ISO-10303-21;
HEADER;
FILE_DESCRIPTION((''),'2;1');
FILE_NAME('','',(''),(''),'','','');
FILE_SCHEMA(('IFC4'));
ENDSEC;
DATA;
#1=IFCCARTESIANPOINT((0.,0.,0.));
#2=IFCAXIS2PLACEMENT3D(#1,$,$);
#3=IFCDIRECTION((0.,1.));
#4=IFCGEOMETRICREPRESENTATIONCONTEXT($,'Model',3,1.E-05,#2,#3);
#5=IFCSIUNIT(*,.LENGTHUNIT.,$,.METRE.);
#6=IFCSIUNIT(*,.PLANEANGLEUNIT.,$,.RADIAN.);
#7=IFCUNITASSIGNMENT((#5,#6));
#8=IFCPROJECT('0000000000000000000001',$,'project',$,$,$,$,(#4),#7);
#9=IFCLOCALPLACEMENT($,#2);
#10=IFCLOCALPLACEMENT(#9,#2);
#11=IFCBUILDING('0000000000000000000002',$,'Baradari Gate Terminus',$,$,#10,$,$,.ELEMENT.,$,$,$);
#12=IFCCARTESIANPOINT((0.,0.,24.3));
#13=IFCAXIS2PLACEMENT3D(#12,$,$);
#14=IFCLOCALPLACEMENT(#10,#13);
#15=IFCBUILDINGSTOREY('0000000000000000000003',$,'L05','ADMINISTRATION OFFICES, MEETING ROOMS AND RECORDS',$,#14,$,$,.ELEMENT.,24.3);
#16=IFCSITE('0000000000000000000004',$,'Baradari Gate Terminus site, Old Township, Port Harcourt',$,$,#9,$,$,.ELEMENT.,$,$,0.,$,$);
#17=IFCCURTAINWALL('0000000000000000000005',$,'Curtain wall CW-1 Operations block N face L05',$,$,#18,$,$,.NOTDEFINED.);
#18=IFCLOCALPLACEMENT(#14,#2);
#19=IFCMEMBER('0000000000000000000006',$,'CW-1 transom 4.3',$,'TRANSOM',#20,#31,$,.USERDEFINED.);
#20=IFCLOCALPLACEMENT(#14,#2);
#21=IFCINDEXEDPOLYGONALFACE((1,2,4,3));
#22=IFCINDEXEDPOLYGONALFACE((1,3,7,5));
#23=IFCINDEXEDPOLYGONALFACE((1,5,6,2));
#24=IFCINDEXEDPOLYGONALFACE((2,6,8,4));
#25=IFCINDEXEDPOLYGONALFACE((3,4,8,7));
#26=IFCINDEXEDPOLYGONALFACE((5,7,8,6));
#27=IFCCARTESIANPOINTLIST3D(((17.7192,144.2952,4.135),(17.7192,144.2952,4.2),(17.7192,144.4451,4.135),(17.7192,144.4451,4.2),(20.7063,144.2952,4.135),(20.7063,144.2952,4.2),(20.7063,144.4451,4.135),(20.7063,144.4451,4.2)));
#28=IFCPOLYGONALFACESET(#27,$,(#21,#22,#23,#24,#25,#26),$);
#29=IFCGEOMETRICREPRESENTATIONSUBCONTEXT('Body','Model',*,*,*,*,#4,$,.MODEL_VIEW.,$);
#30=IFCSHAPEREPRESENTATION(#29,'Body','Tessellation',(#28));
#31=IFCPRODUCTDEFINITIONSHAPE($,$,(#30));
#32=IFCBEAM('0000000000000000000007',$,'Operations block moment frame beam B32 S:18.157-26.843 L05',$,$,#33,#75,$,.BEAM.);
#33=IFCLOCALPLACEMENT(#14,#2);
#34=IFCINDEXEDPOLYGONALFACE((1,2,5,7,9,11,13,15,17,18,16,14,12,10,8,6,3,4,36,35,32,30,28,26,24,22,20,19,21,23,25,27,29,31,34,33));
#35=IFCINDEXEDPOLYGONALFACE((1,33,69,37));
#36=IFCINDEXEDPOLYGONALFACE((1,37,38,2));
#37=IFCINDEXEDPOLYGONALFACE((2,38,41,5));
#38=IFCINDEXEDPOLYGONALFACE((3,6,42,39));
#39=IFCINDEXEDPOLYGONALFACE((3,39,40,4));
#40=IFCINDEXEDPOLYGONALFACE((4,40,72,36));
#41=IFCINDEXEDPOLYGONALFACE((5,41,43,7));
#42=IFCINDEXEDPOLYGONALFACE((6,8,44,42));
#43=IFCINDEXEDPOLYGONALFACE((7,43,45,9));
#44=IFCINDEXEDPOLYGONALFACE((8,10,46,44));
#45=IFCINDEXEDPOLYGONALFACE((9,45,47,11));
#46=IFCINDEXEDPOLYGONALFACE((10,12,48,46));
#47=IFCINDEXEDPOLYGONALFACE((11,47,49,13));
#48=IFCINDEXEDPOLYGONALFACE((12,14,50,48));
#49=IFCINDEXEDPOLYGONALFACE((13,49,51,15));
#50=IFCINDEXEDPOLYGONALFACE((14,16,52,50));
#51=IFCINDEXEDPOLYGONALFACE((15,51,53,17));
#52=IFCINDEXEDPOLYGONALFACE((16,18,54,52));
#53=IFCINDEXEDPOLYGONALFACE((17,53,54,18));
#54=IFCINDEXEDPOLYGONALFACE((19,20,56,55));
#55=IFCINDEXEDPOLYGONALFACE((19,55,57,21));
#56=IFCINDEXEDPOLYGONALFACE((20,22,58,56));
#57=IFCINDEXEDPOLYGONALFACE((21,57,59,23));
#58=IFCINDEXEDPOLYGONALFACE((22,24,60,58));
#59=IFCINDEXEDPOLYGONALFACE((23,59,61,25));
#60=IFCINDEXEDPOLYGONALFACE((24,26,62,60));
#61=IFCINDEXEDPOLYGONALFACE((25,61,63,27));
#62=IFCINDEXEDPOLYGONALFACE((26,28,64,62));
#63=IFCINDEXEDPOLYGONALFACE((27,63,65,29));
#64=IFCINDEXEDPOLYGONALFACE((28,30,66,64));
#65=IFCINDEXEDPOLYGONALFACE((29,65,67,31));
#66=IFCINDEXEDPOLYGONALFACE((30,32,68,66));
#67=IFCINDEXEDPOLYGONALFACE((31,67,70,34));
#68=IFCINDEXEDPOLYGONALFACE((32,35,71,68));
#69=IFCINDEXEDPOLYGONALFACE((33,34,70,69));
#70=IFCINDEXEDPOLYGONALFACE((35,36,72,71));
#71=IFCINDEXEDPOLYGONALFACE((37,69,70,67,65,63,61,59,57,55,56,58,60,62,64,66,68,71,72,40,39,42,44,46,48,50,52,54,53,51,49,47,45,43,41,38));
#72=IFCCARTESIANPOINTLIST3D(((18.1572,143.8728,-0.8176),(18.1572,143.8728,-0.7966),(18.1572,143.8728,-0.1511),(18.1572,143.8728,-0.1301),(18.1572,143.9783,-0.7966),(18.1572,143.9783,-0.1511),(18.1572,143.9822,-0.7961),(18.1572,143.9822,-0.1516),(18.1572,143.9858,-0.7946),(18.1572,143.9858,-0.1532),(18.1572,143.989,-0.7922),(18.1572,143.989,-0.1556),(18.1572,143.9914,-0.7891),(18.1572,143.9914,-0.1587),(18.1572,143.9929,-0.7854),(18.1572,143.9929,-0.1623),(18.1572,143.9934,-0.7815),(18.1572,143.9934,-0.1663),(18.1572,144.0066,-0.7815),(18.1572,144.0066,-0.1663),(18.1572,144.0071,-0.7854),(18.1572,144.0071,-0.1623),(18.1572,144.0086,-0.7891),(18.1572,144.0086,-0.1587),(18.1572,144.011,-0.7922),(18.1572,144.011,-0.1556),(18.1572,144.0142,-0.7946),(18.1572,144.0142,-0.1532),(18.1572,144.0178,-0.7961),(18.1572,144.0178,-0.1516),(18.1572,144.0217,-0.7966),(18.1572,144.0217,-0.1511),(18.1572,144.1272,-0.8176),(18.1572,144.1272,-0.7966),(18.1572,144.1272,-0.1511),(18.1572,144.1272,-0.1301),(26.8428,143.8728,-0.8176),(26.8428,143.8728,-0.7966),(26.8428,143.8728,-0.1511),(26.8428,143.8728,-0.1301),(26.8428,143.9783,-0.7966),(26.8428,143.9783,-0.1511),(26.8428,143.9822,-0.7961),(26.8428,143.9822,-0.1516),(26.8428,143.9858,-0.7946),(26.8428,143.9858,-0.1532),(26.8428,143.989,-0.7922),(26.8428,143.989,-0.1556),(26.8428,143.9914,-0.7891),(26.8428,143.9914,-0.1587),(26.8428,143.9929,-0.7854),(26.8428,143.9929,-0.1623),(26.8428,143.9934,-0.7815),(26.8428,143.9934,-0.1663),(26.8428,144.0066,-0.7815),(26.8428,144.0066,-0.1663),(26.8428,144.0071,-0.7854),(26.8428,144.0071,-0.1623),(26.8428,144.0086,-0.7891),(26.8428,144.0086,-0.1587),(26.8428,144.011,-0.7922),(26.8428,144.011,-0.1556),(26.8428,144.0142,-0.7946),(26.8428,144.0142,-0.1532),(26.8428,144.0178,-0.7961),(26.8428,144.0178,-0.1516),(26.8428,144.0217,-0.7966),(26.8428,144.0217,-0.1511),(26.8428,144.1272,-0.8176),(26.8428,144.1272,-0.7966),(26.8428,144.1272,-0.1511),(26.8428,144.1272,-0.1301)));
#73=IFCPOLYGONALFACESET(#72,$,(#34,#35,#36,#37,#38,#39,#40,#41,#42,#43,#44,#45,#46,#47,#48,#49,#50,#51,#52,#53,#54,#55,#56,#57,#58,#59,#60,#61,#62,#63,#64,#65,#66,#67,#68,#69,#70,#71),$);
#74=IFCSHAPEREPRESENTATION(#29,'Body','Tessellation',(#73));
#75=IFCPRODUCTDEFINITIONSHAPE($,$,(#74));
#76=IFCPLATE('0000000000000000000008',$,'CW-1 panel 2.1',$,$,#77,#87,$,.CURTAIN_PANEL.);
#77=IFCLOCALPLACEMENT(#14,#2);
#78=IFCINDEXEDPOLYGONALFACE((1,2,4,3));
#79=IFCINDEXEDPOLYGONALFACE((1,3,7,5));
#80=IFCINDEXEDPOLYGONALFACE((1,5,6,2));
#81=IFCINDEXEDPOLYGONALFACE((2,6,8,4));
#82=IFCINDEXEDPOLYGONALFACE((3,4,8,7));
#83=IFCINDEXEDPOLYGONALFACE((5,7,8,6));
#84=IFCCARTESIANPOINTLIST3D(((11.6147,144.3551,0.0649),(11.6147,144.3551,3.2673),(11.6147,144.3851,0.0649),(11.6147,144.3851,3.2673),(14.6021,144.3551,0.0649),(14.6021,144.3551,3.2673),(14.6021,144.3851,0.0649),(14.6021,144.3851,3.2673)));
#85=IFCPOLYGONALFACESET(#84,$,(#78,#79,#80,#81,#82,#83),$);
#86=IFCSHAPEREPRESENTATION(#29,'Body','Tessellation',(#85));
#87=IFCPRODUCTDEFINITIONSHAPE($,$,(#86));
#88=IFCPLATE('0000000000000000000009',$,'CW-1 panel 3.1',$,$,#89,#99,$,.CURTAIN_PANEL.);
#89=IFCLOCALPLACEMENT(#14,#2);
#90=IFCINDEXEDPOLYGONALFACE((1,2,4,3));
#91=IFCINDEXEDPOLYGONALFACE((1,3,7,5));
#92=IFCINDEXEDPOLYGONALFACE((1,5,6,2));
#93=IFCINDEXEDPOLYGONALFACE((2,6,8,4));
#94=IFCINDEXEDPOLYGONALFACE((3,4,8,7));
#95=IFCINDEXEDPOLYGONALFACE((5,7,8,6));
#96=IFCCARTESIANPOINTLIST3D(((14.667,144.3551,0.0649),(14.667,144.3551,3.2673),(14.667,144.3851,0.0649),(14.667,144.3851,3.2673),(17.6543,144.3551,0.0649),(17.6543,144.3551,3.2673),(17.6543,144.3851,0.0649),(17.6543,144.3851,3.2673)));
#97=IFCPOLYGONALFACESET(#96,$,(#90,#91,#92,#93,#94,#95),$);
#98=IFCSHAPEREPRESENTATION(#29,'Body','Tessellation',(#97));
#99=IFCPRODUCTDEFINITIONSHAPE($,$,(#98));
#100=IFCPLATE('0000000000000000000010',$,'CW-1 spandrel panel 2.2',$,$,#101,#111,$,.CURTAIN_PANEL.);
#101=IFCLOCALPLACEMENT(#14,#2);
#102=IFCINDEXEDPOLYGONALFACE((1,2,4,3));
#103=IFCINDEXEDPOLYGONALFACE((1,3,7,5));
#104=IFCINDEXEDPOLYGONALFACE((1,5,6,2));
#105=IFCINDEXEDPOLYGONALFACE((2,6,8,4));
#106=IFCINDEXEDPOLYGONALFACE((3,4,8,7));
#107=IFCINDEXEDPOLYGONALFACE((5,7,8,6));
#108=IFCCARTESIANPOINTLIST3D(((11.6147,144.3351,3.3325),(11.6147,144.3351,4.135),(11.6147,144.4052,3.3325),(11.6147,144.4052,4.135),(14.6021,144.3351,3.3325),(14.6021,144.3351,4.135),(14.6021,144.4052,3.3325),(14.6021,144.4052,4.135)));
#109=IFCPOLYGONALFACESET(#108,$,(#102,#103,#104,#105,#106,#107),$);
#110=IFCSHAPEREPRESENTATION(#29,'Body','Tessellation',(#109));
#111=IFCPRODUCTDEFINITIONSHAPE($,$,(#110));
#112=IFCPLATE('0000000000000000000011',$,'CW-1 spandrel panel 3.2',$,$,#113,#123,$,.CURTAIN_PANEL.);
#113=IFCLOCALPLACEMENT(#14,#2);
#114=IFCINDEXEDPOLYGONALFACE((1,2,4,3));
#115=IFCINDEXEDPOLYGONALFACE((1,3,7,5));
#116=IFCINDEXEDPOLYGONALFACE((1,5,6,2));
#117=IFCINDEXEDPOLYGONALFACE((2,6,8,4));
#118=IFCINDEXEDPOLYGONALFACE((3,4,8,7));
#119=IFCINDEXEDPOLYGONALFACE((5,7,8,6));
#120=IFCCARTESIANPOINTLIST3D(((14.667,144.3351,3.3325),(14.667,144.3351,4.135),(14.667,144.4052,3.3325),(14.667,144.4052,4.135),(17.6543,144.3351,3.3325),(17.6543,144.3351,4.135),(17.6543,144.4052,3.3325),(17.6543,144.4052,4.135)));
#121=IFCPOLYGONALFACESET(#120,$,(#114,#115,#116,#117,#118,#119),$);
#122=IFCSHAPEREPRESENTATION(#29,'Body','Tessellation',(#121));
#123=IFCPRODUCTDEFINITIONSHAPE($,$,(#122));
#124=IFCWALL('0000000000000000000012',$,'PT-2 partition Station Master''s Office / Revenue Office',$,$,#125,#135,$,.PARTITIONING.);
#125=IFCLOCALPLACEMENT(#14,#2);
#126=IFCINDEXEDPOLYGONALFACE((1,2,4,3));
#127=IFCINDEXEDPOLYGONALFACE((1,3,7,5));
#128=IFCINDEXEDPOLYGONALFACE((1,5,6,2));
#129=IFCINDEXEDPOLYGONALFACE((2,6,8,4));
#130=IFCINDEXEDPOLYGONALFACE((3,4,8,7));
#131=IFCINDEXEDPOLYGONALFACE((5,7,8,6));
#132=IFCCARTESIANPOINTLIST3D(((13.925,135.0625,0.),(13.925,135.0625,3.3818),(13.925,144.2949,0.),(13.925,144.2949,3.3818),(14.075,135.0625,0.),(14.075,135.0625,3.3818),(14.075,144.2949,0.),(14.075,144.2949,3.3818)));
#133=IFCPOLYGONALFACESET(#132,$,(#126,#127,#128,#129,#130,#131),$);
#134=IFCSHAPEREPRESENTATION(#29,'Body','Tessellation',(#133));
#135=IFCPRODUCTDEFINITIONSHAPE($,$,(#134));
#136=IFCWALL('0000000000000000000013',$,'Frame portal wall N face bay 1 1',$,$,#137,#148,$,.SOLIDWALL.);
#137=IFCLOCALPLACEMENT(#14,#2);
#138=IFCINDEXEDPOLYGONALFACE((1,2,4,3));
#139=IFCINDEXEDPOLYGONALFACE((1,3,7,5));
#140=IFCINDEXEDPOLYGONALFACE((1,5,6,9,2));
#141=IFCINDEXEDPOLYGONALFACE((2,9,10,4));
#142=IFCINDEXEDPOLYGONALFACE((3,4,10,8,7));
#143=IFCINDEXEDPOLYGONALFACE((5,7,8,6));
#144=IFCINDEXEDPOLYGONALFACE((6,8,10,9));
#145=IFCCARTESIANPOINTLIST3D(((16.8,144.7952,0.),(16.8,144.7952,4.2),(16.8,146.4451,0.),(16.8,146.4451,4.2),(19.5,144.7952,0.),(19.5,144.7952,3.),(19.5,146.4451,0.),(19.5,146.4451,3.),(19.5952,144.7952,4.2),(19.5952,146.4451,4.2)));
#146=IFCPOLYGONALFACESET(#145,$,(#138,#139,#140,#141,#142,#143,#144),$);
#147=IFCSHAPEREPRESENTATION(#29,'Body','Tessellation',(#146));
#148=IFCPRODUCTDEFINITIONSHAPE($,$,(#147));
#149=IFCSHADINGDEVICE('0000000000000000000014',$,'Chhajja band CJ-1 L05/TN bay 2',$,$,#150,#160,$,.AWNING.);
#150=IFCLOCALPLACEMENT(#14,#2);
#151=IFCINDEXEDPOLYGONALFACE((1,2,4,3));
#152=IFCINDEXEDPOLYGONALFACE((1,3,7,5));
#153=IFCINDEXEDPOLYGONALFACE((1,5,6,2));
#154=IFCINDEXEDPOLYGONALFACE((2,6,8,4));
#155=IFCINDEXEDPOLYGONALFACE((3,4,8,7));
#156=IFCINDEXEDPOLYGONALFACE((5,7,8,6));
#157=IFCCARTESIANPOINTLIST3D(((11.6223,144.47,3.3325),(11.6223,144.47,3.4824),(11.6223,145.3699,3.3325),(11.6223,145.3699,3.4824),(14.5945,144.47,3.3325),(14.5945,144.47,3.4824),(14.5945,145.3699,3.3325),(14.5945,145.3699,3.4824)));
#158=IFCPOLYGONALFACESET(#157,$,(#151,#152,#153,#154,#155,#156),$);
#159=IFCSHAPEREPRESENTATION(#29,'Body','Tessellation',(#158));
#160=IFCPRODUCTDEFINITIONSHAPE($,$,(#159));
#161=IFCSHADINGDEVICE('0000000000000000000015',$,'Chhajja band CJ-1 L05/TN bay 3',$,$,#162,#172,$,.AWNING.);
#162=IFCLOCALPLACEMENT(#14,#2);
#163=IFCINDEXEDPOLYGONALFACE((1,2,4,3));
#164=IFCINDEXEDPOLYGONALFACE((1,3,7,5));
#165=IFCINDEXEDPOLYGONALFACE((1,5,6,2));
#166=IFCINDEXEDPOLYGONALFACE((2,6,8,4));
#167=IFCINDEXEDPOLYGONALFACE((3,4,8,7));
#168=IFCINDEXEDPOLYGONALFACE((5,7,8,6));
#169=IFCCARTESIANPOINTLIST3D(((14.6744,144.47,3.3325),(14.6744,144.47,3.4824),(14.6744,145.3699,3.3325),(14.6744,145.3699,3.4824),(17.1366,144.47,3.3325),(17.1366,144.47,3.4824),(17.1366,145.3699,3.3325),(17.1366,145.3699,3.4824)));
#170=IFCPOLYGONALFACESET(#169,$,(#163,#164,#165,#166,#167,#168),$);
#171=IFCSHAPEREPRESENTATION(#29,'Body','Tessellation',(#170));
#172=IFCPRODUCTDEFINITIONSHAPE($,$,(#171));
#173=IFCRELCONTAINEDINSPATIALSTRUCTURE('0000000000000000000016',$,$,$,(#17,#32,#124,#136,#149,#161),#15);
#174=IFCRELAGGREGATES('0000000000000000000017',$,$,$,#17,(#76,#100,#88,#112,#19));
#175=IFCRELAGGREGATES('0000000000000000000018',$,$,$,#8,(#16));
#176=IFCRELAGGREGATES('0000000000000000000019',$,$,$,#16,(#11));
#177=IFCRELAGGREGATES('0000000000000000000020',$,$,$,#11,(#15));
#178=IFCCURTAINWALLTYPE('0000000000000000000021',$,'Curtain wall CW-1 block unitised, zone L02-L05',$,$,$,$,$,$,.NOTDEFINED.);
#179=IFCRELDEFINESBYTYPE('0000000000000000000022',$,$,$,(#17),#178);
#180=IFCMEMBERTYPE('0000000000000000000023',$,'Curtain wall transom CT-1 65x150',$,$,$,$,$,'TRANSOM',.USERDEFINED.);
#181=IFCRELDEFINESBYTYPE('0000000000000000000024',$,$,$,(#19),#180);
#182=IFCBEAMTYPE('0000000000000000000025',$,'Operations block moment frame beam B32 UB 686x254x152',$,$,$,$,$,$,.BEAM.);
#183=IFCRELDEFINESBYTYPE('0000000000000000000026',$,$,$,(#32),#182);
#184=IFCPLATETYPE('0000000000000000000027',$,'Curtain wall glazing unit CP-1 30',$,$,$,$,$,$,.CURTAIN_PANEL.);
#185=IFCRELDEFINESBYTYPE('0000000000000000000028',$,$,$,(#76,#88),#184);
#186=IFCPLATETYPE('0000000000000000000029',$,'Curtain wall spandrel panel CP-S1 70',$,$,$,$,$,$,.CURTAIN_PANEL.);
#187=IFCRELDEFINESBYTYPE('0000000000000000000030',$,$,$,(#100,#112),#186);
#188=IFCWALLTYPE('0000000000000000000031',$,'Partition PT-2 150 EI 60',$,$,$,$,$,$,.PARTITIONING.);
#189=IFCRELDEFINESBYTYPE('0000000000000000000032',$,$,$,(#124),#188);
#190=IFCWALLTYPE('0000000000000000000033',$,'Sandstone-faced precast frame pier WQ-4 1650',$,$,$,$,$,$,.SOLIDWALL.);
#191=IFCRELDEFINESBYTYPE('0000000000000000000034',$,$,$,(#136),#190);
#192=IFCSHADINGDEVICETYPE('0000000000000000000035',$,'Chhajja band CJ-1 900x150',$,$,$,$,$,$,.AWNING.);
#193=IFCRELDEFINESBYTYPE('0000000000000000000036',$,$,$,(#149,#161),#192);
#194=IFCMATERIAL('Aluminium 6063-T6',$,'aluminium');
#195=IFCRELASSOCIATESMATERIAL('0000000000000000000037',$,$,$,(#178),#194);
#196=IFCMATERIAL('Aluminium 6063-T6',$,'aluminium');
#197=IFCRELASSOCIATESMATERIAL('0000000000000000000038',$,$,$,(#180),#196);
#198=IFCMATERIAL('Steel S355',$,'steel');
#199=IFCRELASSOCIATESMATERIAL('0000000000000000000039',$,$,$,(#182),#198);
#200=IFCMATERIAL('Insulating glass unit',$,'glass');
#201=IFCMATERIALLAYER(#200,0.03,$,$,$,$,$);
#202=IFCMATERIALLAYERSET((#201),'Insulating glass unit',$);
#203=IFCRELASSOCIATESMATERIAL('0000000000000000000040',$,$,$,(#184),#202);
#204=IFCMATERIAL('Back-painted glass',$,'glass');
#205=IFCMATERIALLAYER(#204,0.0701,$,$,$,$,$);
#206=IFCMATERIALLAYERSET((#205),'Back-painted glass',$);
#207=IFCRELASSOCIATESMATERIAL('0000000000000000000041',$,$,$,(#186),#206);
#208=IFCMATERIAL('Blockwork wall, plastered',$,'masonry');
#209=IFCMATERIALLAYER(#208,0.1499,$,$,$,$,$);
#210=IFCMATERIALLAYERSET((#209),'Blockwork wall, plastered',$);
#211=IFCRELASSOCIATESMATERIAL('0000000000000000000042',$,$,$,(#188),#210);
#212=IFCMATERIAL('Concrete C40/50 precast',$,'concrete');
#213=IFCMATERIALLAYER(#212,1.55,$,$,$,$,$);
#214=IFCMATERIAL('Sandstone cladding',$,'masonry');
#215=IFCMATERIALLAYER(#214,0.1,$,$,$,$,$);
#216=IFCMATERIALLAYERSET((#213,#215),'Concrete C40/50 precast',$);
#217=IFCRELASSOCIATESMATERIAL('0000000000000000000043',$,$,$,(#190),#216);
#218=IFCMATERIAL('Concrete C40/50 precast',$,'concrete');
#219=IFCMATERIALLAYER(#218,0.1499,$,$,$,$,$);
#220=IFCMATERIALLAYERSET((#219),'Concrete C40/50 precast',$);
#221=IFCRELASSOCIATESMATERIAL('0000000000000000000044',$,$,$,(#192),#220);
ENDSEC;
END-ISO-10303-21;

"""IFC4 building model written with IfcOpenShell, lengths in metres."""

from ifc_helpers import new_model, si_unit, direction, frame, frame_2d, origin, origin_2d, place, context, subcontext, project, spatial, polyline, rectangle, i_section, outline, extrude, material, layer, layer_set, material_profile, profile_set, type_object, element, aggregate, save


model = new_model("IFC4")

# Units and contexts
model_context = context("Model", 3, precision=1e-05, world=origin(), true_north=direction((0.0, 1.0)))
body_context = subcontext(model_context, "Body", "Model", "MODEL_VIEW")
ifc_project = project(units=[si_unit("LENGTHUNIT", "METRE"), si_unit("PLANEANGLEUNIT", "RADIAN")], contexts=[model_context])

# Site, building, storey
site_placement = place(None, origin())
site = spatial("IfcSite", under=ifc_project, at=site_placement, Name="Baradari Gate Terminus site, Old Township, Port Harcourt", CompositionType="ELEMENT", RefElevation=0.0)
building_placement = place(site_placement, origin())
building = spatial("IfcBuilding", under=site, at=building_placement, Name="Baradari Gate Terminus", CompositionType="ELEMENT")
storey_placement = place(building_placement, frame((0.0, 0.0, 24.3)))
storey = spatial("IfcBuildingStorey", under=building, at=storey_placement, Name="L05", Description="ADMINISTRATION OFFICES, MEETING ROOMS AND RECORDS", CompositionType="ELEMENT", Elevation=24.3)

# Curtain wall, member
ifc_material_1 = material(Name="Aluminium 6063-T6", Category="aluminium")
curtain_wall_type = type_object("IfcCurtainWallType", Name="Curtain wall CW-1 block unitised, zone L02-L05", PredefinedType="NOTDEFINED", material=ifc_material_1)
curtain_wall_placement = place(storey_placement, origin())
curtain_wall = element("IfcCurtainWall", 1, at=curtain_wall_placement, inside=storey, type_object=curtain_wall_type, Name="Curtain wall CW-1 Operations block N face L05", PredefinedType="NOTDEFINED")
ifc_material_2 = material(Name="Aluminium 6063-T6", Category="aluminium")
ifc_material_profile_1 = material_profile(ifc_material_2, rectangle(XDim=0.1499, YDim=0.0649, at=origin_2d()), Name="CT-1 65X150")
ifc_profile_set_1 = profile_set([ifc_material_profile_1], Name="Aluminium 6063-T6")
member_type_1 = type_object("IfcMemberType", Name="Curtain wall transom CT-1 65x150", ElementType="TRANSOM", PredefinedType="USERDEFINED", material=ifc_profile_set_1)
member_1_placement = place(storey_placement, frame((17.7192, 144.3701, 4.1675), z_axis=(1.0, 0.0, 0.0), x_axis=(0.0, 1.0, 0.0)))
member_1 = element("IfcMember", 2, at=member_1_placement, type_object=member_type_1, Name="CW-1 transom 4.3", ObjectType="TRANSOM", PredefinedType="USERDEFINED", context=body_context, shape_type="SweptSolid", body=[
    extrude(rectangle(XDim=0.1499, YDim=0.0649, at=origin_2d()), origin(), (0.0, 0.0, 1.0), 2.9871),
])

# Beam
ifc_material_3 = material(Name="Steel S355", Category="steel")
ifc_material_profile_2 = material_profile(ifc_material_3, i_section(OverallWidth=0.2544, OverallDepth=0.6875, WebThickness=0.0132, FlangeThickness=0.021, FilletRadius=0.0151, at=origin_2d()), Name="UB 686x254x152")
ifc_profile_set_2 = profile_set([ifc_material_profile_2], Name="Steel S355")
beam_type = type_object("IfcBeamType", Name="Operations block moment frame beam B32 UB 686x254x152", PredefinedType="BEAM", material=ifc_profile_set_2)
beam_placement = place(storey_placement, frame((18.1572, 144.0, -0.4739), z_axis=(1.0, 0.0, 0.0), x_axis=(0.0, 1.0, 0.0)))
element("IfcBeam", 3, at=beam_placement, inside=storey, type_object=beam_type, Name="Operations block moment frame beam B32 S:18.157-26.843 L05", PredefinedType="BEAM", context=body_context, shape_type="SweptSolid", body=[
    extrude(i_section(OverallWidth=0.2544, OverallDepth=0.6875, WebThickness=0.0132, FlangeThickness=0.021, FilletRadius=0.0151, at=origin_2d()), origin(), (0.0, 0.0, 1.0), 8.6855),
])

# Plates
ifc_material_4 = material(Name="Insulating glass unit", Category="glass")
ifc_layer_1 = layer(ifc_material_4, 0.03)
ifc_layer_set_1 = layer_set([ifc_layer_1], Name="Insulating glass unit")
plate_type_1 = type_object("IfcPlateType", Name="Curtain wall glazing unit CP-1 30", PredefinedType="CURTAIN_PANEL", material=ifc_layer_set_1)
plate_1_placement = place(storey_placement, frame((13.1084, 144.3701, 0.0649), z_axis=(0.0, 0.0, 1.0), x_axis=(1.0, 0.0, 0.0)))
plate_1 = element("IfcPlate", 4, at=plate_1_placement, type_object=plate_type_1, Name="CW-1 panel 2.1", PredefinedType="CURTAIN_PANEL", context=body_context, shape_type="SweptSolid", body=[
    extrude(rectangle(XDim=2.9873, YDim=0.03, at=origin_2d()), origin(), (0.0, 0.0, 1.0), 3.2024),
])
plate_2_placement = place(storey_placement, frame((16.1606, 144.3701, 0.0649), z_axis=(0.0, 0.0, 1.0), x_axis=(1.0, 0.0, 0.0)))
plate_2 = element("IfcPlate", 5, at=plate_2_placement, type_object=plate_type_1, Name="CW-1 panel 3.1", PredefinedType="CURTAIN_PANEL", context=body_context, shape_type="SweptSolid", body=[
    extrude(rectangle(XDim=2.9873, YDim=0.03, at=origin_2d()), origin(), (0.0, 0.0, 1.0), 3.2024),
])
ifc_material_5 = material(Name="Back-painted glass", Category="glass")
ifc_layer_2 = layer(ifc_material_5, 0.0701)
ifc_layer_set_2 = layer_set([ifc_layer_2], Name="Back-painted glass")
plate_type_2 = type_object("IfcPlateType", Name="Curtain wall spandrel panel CP-S1 70", PredefinedType="CURTAIN_PANEL", material=ifc_layer_set_2)
plate_3_placement = place(storey_placement, frame((13.1084, 144.3701, 3.3325), z_axis=(0.0, 0.0, 1.0), x_axis=(1.0, 0.0, 0.0)))
plate_3 = element("IfcPlate", 6, at=plate_3_placement, type_object=plate_type_2, Name="CW-1 spandrel panel 2.2", PredefinedType="CURTAIN_PANEL", context=body_context, shape_type="SweptSolid", body=[
    extrude(rectangle(XDim=2.9873, YDim=0.0701, at=origin_2d()), origin(), (0.0, 0.0, 1.0), 0.8025),
])
plate_4_placement = place(storey_placement, frame((16.1606, 144.3701, 3.3325), z_axis=(0.0, 0.0, 1.0), x_axis=(1.0, 0.0, 0.0)))
plate_4 = element("IfcPlate", 7, at=plate_4_placement, type_object=plate_type_2, Name="CW-1 spandrel panel 3.2", PredefinedType="CURTAIN_PANEL", context=body_context, shape_type="SweptSolid", body=[
    extrude(rectangle(XDim=2.9873, YDim=0.0701, at=origin_2d()), origin(), (0.0, 0.0, 1.0), 0.8025),
])
aggregate(curtain_wall, [plate_1, plate_3, plate_2, plate_4, member_1])

# Walls
ifc_material_6 = material(Name="Blockwork wall, plastered", Category="masonry")
ifc_layer_3 = layer(ifc_material_6, 0.1499)
ifc_layer_set_3 = layer_set([ifc_layer_3], Name="Blockwork wall, plastered")
wall_type_1 = type_object("IfcWallType", Name="Partition PT-2 150 EI 60", PredefinedType="PARTITIONING", material=ifc_layer_set_3)
wall_1_placement = place(storey_placement, frame((14.0, 144.2949, 0.0), z_axis=(0.0, 0.0, 1.0), x_axis=(0.0, -1.0, 0.0)))
element("IfcWall", 8, at=wall_1_placement, inside=storey, type_object=wall_type_1, Name="PT-2 partition Station Master's Office / Revenue Office", PredefinedType="PARTITIONING", context=body_context, shape_type="SweptSolid", body=[
    extrude(rectangle(XDim=9.2324, YDim=0.1499, at=frame_2d((4.6162, 0.0))), origin(), (0.0, 0.0, 1.0), 3.3818),
])
ifc_material_7 = material(Name="Concrete C40/50 precast", Category="concrete")
ifc_layer_4 = layer(ifc_material_7, 1.55)
ifc_material_8 = material(Name="Sandstone cladding", Category="masonry")
ifc_layer_5 = layer(ifc_material_8, 0.1)
ifc_layer_set_4 = layer_set([ifc_layer_4, ifc_layer_5], Name="Concrete C40/50 precast")
wall_type_2 = type_object("IfcWallType", Name="Sandstone-faced precast frame pier WQ-4 1650", PredefinedType="SOLIDWALL", material=ifc_layer_set_4)
wall_2_placement = place(storey_placement, frame((16.8, 145.6201, 0.0), z_axis=(0.0, 0.0, 1.0), x_axis=(1.0, 0.0, 0.0)))
element("IfcWall", 9, at=wall_2_placement, inside=storey, type_object=wall_type_2, Name="Frame portal wall N face bay 1 1", PredefinedType="SOLIDWALL", context=body_context, shape_type="SweptSolid", body=[
    extrude(outline(polyline([(2.7, 0.0), (2.7, 3.0), (2.7952, 4.2), (0.0, 4.2), (0.0, 0.0), (2.7, 0.0)])), frame((0.0, 0.825, 0.0), z_axis=(0.0, -1.0, 0.0), x_axis=(1.0, 0.0, 0.0)), (0.0, 0.0, 1.0), 1.6499),
])

# Shading devices
ifc_material_9 = material(Name="Concrete C40/50 precast", Category="concrete")
ifc_layer_6 = layer(ifc_material_9, 0.1499)
ifc_layer_set_5 = layer_set([ifc_layer_6], Name="Concrete C40/50 precast")
shading_device_type_1 = type_object("IfcShadingDeviceType", Name="Chhajja band CJ-1 900x150", PredefinedType="AWNING", material=ifc_layer_set_5)
shading_device_1_placement = place(storey_placement, frame((13.1084, 144.9199, 3.3325), z_axis=(0.0, 0.0, 1.0), x_axis=(1.0, 0.0, 0.0)))
element("IfcShadingDevice", 10, at=shading_device_1_placement, inside=storey, type_object=shading_device_type_1, Name="Chhajja band CJ-1 L05/TN bay 2", PredefinedType="AWNING", context=body_context, shape_type="SweptSolid", body=[
    extrude(rectangle(XDim=2.9722, YDim=0.8999, at=origin_2d()), origin(), (0.0, 0.0, 1.0), 0.1499),
])
shading_device_2_placement = place(storey_placement, frame((15.9055, 144.9199, 3.3325), z_axis=(0.0, 0.0, 1.0), x_axis=(1.0, 0.0, 0.0)))
element("IfcShadingDevice", 11, at=shading_device_2_placement, inside=storey, type_object=shading_device_type_1, Name="Chhajja band CJ-1 L05/TN bay 3", PredefinedType="AWNING", context=body_context, shape_type="SweptSolid", body=[
    extrude(rectangle(XDim=2.4622, YDim=0.8999, at=origin_2d()), origin(), (0.0, 0.0, 1.0), 0.1499),
])

save(model, "model.ifc")
